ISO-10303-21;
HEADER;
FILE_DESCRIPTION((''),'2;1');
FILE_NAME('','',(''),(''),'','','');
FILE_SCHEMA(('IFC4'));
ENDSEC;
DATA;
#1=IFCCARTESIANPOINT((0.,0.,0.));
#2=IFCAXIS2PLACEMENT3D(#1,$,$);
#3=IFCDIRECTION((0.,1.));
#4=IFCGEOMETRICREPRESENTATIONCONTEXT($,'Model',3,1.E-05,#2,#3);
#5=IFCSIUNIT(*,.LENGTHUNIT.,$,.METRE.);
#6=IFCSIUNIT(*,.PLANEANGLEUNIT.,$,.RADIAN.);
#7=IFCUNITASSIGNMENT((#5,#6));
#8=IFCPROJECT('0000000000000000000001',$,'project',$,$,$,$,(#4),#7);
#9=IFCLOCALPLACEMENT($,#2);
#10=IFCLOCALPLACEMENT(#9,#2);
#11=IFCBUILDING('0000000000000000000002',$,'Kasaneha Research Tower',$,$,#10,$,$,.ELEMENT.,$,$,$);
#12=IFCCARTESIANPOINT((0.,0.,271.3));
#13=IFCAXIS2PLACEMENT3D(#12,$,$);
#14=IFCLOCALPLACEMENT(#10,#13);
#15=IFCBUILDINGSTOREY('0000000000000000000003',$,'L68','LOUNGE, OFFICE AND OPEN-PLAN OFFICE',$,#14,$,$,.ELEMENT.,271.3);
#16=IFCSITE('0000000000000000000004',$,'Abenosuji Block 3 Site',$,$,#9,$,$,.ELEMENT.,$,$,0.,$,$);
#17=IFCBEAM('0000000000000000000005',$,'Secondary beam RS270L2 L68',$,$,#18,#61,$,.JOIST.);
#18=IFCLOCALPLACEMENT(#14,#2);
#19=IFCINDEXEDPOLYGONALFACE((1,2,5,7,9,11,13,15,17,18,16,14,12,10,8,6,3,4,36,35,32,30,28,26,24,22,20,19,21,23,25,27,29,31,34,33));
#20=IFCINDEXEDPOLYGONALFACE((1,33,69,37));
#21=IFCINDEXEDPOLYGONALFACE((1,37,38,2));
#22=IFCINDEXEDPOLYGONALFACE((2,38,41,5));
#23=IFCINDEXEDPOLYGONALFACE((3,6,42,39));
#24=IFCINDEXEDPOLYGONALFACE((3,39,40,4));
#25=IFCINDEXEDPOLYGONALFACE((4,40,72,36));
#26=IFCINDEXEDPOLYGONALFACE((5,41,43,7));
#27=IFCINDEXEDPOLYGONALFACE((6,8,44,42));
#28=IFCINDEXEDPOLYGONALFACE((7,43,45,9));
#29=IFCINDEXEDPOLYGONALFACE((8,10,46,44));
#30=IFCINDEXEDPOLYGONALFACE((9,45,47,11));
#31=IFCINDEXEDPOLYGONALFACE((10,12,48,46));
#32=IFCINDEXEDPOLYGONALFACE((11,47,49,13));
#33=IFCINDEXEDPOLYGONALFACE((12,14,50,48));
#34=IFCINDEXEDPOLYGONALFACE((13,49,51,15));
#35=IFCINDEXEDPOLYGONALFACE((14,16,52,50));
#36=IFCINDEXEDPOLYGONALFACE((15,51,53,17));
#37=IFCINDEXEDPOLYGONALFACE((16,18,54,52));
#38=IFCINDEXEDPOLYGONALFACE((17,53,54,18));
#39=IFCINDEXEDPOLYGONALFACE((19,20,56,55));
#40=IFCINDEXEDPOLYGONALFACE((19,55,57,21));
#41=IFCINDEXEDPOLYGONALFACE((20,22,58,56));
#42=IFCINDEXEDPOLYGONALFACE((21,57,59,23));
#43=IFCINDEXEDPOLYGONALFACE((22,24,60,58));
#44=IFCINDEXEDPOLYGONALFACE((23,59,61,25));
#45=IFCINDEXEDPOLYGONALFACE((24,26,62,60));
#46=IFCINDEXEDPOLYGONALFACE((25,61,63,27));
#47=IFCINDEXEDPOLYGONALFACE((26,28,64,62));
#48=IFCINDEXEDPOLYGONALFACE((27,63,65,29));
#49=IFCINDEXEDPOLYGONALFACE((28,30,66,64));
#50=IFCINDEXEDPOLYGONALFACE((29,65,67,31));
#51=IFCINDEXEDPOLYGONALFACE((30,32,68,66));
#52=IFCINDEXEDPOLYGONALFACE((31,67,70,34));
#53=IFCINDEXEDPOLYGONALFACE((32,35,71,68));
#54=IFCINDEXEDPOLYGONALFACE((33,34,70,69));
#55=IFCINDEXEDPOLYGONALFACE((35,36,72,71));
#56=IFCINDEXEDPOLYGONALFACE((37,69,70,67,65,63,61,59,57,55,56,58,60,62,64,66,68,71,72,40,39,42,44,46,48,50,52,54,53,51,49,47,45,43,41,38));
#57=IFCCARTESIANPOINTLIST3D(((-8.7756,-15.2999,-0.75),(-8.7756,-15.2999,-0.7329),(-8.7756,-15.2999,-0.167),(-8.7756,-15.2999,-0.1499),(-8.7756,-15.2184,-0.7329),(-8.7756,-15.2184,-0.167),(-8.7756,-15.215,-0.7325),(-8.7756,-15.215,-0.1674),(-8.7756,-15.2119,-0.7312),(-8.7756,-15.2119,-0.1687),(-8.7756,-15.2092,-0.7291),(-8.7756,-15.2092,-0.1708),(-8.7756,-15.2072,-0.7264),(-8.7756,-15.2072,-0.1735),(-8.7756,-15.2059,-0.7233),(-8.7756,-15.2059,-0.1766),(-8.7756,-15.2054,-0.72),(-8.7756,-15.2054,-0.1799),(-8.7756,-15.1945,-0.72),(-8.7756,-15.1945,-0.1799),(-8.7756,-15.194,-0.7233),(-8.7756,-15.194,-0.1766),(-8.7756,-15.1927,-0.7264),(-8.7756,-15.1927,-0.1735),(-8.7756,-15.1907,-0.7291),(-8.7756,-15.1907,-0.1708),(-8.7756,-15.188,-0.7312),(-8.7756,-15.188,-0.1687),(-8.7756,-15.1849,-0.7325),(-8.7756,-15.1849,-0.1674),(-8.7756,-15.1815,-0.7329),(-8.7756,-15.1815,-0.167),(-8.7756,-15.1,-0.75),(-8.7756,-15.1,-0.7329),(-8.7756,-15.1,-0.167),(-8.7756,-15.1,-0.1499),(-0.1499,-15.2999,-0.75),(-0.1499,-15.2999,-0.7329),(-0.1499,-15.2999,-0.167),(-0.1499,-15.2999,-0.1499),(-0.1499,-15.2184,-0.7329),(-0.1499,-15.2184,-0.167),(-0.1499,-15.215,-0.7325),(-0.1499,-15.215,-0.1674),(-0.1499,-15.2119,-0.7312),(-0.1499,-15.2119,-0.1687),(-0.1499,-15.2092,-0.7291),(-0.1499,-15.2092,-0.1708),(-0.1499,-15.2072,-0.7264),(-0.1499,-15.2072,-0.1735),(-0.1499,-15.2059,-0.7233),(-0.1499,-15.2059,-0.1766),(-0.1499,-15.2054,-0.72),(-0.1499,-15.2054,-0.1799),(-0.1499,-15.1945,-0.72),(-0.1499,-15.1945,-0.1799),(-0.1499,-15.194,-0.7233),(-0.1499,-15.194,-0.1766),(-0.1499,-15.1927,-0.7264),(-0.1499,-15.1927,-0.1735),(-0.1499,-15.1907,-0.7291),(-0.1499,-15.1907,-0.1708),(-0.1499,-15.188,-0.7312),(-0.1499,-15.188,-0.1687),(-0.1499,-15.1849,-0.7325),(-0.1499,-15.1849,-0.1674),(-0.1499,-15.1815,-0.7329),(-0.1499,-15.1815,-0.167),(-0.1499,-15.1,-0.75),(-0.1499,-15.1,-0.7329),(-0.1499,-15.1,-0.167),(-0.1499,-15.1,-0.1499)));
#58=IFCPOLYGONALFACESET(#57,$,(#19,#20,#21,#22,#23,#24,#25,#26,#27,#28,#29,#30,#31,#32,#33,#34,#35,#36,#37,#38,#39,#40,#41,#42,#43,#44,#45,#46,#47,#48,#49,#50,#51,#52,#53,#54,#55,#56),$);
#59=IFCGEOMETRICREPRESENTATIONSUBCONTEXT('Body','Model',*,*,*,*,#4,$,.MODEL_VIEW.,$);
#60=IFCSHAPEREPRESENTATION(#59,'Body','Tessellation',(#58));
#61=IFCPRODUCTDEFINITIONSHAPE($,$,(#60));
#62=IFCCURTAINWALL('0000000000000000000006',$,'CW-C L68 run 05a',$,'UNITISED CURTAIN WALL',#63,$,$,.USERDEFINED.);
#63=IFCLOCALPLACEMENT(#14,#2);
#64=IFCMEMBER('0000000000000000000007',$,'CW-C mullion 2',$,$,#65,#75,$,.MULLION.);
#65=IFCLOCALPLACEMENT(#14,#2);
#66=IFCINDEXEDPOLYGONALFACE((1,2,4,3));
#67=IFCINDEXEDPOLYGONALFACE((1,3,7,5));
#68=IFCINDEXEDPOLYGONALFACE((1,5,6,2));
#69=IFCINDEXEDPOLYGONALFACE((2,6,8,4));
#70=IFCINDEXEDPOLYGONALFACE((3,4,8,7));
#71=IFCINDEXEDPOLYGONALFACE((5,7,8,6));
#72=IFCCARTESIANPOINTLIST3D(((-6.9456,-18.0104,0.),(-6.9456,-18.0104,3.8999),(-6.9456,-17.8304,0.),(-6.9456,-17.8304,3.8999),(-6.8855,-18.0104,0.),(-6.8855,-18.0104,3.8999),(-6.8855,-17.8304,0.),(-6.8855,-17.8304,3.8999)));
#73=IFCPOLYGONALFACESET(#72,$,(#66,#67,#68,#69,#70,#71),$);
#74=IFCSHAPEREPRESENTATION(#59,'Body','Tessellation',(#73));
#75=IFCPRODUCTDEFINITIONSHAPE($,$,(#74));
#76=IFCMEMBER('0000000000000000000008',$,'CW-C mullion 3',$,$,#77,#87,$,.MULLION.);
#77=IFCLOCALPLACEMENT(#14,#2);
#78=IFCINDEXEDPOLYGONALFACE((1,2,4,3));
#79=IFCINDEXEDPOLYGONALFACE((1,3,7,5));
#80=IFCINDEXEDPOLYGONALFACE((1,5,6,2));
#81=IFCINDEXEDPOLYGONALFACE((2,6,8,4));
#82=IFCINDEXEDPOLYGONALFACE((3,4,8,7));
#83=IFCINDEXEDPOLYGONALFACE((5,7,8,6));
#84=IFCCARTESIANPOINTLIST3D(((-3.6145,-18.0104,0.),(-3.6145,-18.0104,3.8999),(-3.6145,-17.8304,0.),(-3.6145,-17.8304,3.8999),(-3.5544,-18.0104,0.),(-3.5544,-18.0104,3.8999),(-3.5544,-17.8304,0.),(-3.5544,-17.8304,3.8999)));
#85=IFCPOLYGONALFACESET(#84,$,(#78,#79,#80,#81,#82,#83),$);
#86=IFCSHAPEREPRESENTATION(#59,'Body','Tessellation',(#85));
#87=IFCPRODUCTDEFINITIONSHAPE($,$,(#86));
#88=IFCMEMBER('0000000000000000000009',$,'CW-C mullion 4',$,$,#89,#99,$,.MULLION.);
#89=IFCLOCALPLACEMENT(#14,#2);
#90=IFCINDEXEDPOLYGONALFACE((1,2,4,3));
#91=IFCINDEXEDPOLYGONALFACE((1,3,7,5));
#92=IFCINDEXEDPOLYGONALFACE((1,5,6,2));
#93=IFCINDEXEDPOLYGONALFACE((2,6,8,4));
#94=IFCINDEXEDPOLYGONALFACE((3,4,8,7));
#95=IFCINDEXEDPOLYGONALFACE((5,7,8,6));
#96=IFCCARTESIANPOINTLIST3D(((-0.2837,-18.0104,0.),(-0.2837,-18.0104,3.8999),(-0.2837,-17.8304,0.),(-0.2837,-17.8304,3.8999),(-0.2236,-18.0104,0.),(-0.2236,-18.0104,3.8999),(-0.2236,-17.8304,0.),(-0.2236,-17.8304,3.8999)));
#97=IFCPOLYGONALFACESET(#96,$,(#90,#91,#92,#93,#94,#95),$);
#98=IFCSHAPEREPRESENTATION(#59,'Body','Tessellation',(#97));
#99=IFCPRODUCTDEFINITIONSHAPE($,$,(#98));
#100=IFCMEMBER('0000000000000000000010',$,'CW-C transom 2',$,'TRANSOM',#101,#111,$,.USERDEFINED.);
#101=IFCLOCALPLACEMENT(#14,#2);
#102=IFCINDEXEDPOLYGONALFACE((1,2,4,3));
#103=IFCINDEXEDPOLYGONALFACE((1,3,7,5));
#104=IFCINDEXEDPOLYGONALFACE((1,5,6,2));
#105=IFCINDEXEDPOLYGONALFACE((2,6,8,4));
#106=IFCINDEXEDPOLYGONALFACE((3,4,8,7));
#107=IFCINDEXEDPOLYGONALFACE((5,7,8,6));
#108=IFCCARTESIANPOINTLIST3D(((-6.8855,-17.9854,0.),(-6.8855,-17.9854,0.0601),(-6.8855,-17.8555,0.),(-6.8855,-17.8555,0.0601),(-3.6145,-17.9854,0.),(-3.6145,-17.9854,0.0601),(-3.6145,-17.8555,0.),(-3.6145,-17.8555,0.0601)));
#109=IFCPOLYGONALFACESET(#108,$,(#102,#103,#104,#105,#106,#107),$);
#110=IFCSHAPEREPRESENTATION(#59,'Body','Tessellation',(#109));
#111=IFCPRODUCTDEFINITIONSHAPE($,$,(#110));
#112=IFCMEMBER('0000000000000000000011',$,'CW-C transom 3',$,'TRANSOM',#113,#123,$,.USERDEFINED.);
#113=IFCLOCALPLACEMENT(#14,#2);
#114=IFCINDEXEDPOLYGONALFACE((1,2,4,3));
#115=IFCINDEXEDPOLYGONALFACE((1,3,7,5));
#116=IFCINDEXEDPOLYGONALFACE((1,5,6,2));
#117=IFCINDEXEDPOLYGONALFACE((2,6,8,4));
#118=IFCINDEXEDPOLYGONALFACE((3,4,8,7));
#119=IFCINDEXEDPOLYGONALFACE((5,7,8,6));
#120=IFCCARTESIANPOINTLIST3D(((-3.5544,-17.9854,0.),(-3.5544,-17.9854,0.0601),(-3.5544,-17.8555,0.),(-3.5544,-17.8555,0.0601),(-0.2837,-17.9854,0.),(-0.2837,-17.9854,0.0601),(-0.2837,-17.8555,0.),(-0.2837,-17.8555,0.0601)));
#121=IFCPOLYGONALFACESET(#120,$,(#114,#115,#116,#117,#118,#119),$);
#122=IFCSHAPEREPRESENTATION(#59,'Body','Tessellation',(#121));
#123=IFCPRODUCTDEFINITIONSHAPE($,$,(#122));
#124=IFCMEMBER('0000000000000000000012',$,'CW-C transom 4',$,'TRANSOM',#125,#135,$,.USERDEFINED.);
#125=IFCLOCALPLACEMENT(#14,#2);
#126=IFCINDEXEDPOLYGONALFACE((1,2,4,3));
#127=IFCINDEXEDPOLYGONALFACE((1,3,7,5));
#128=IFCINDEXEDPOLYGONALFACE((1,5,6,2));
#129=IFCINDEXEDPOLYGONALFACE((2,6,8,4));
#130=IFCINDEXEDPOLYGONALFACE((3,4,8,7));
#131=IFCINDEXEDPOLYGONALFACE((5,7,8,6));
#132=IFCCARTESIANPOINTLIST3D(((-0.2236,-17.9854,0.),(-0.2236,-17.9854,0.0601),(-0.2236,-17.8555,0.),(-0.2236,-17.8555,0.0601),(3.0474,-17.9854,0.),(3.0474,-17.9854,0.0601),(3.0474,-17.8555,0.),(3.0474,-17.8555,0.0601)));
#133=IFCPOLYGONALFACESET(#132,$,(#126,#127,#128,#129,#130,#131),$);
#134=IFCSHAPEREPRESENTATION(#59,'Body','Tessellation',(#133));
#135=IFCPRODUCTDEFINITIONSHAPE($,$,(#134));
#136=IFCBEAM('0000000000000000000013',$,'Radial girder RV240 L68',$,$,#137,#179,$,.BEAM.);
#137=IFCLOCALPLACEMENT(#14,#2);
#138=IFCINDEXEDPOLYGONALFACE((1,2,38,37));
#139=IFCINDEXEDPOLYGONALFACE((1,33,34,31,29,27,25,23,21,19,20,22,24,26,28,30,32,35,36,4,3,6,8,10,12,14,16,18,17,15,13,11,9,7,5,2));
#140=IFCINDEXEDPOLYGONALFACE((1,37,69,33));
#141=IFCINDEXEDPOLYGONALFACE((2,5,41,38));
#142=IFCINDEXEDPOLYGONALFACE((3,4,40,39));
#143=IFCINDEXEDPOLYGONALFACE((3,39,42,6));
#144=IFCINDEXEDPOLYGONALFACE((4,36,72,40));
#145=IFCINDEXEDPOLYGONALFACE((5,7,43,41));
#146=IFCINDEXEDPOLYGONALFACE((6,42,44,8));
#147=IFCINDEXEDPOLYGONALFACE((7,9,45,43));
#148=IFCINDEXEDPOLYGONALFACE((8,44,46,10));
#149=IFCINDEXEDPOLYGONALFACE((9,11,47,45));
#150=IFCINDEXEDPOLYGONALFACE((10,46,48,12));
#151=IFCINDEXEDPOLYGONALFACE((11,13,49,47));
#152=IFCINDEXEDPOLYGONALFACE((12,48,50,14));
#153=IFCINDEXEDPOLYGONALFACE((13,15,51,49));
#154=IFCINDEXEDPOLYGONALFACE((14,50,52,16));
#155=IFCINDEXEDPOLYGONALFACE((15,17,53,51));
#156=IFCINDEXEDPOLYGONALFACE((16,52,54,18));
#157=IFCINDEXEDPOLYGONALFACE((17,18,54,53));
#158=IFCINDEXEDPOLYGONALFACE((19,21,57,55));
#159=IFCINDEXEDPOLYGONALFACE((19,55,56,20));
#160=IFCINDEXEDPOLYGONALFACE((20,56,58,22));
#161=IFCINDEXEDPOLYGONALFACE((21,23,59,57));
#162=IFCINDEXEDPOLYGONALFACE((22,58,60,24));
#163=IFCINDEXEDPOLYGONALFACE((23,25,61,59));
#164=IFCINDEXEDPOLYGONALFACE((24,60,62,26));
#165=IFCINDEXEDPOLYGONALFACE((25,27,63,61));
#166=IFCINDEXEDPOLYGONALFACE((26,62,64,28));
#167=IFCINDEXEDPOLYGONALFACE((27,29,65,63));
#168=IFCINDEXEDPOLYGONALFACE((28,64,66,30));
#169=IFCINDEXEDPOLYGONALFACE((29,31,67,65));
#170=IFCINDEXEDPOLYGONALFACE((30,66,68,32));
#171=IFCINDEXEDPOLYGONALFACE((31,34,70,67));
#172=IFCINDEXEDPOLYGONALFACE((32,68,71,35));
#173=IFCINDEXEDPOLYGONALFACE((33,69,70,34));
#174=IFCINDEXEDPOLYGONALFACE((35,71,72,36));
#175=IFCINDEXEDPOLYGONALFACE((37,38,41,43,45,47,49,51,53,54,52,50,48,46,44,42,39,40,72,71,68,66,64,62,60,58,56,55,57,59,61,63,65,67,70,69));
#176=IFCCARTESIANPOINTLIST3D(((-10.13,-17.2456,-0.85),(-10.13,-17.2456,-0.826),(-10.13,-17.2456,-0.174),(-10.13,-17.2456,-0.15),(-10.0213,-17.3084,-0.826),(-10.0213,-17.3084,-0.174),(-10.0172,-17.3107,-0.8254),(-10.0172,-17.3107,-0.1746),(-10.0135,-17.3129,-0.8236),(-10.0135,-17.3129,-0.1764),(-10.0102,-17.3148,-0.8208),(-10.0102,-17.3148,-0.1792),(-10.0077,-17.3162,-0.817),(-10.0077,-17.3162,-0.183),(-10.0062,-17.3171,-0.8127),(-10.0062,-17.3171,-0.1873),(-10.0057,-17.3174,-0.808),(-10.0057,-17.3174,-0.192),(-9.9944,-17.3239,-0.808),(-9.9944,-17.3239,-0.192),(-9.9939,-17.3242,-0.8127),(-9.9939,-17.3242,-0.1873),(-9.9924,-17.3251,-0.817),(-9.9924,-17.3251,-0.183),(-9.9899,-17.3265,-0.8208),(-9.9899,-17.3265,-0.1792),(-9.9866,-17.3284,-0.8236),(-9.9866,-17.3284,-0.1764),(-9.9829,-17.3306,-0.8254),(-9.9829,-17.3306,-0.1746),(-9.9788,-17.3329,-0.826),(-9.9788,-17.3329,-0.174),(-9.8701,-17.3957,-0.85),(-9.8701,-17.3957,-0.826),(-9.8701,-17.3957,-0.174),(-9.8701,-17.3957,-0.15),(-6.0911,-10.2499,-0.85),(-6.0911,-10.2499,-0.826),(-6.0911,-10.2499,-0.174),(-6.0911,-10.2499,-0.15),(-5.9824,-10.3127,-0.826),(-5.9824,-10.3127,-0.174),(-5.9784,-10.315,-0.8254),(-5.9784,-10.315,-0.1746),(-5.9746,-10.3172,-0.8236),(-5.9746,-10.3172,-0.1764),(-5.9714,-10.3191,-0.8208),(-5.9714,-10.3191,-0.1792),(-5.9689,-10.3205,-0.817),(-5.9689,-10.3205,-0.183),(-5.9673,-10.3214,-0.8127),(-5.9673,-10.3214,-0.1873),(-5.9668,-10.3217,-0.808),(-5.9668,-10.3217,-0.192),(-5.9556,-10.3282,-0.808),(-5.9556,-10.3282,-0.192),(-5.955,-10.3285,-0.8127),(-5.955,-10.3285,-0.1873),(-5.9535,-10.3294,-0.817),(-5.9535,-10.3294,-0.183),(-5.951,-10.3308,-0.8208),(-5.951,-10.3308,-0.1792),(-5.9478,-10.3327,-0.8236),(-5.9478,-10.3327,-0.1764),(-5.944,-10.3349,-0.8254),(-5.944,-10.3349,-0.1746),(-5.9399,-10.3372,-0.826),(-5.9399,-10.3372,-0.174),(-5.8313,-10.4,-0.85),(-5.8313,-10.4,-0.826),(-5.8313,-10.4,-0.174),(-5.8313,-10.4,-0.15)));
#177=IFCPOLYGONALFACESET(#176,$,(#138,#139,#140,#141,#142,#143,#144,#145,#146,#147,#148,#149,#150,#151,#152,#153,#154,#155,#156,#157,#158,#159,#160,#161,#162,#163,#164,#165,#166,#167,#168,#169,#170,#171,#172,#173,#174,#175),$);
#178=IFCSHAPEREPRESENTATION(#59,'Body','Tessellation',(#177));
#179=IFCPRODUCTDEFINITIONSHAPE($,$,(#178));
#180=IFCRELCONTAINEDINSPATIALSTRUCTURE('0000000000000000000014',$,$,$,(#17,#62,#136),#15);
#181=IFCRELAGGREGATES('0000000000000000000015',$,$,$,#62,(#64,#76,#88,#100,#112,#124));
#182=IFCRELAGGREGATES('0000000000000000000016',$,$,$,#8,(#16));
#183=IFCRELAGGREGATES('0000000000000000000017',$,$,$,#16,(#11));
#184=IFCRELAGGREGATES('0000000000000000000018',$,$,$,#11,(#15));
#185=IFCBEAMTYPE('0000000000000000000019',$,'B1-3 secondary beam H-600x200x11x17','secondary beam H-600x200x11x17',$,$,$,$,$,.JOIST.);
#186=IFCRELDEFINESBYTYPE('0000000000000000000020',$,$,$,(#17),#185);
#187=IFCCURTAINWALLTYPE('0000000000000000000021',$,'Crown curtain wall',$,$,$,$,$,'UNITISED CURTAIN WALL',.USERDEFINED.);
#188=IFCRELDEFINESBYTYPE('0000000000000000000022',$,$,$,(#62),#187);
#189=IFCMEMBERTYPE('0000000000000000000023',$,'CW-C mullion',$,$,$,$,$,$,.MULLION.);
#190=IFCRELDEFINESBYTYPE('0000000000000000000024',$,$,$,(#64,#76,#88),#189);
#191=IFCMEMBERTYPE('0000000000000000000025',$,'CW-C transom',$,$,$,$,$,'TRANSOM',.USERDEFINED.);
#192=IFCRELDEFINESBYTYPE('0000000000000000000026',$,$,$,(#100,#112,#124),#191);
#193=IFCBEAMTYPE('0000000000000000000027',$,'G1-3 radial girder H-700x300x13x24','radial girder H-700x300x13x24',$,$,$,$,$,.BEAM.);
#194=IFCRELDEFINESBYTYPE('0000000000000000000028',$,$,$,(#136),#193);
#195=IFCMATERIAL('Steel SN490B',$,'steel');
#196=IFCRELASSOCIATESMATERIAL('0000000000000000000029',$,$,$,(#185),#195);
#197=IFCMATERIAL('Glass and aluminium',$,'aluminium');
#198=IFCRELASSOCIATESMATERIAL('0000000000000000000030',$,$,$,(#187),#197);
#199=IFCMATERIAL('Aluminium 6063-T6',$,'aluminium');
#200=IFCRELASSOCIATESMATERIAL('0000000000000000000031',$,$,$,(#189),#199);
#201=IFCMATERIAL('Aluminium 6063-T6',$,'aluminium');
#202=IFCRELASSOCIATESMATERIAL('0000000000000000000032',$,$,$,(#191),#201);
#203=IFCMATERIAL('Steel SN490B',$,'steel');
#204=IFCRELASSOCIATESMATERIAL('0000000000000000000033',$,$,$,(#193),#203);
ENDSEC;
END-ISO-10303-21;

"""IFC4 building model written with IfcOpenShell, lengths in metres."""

from ifc_helpers import new_model, si_unit, direction, frame, origin, origin_2d, place, context, subcontext, project, spatial, rectangle, i_section, extrude, material, material_profile, profile_set, type_object, element, aggregate, save


model = new_model("IFC4")

# Units and contexts
model_context = context("Model", 3, precision=1e-05, world=origin(), true_north=direction((0.0, 1.0)))
body_context = subcontext(model_context, "Body", "Model", "MODEL_VIEW")
ifc_project = project(units=[si_unit("LENGTHUNIT", "METRE"), si_unit("PLANEANGLEUNIT", "RADIAN")], contexts=[model_context])

# Site, building, storey
site_placement = place(None, origin())
site = spatial("IfcSite", under=ifc_project, at=site_placement, Name="Abenosuji Block 3 Site", CompositionType="ELEMENT", RefElevation=0.0)
building_placement = place(site_placement, origin())
building = spatial("IfcBuilding", under=site, at=building_placement, Name="Kasaneha Research Tower", CompositionType="ELEMENT")
storey_placement = place(building_placement, frame((0.0, 0.0, 271.3)))
storey = spatial("IfcBuildingStorey", under=building, at=storey_placement, Name="L68", Description="LOUNGE, OFFICE AND OPEN-PLAN OFFICE", CompositionType="ELEMENT", Elevation=271.3)

# Beam
ifc_material_1 = material(Name="Steel SN490B", Category="steel")
ifc_material_profile_1 = material_profile(ifc_material_1, i_section(OverallWidth=0.2, OverallDepth=0.6001, WebThickness=0.011, FlangeThickness=0.0171, FilletRadius=0.0129, at=origin_2d()), Name="H-600x200x11x17")
ifc_profile_set_1 = profile_set([ifc_material_profile_1], Name="Steel SN490B")
beam_type_1 = type_object("IfcBeamType", Name="B1-3 secondary beam H-600x200x11x17", Description="secondary beam H-600x200x11x17", PredefinedType="JOIST", material=ifc_profile_set_1)
beam_1_placement = place(storey_placement, frame((-8.7756, -15.2, -0.45), z_axis=(1.0, 0.0, 0.0), x_axis=(0.0, 1.0, 0.0)))
element("IfcBeam", 1, at=beam_1_placement, inside=storey, type_object=beam_type_1, Name="Secondary beam RS270L2 L68", PredefinedType="JOIST", context=body_context, shape_type="SweptSolid", body=[
    extrude(i_section(OverallWidth=0.2, OverallDepth=0.6001, WebThickness=0.011, FlangeThickness=0.0171, FilletRadius=0.0129, at=origin_2d()), origin(), (0.0, 0.0, 1.0), 8.6257),
])

# Curtain wall, members
ifc_material_2 = material(Name="Glass and aluminium", Category="aluminium")
curtain_wall_type = type_object("IfcCurtainWallType", Name="Crown curtain wall", ElementType="UNITISED CURTAIN WALL", PredefinedType="USERDEFINED", material=ifc_material_2)
curtain_wall_placement = place(storey_placement, origin())
curtain_wall = element("IfcCurtainWall", 2, at=curtain_wall_placement, inside=storey, type_object=curtain_wall_type, Name="CW-C L68 run 05a", ObjectType="UNITISED CURTAIN WALL", PredefinedType="USERDEFINED")
ifc_material_3 = material(Name="Aluminium 6063-T6", Category="aluminium")
ifc_material_profile_2 = material_profile(ifc_material_3, rectangle(XDim=0.0601, YDim=0.1799, at=origin_2d()), Name="CW-C mullion 60x180")
ifc_profile_set_2 = profile_set([ifc_material_profile_2], Name="Aluminium 6063-T6")
member_type_1 = type_object("IfcMemberType", Name="CW-C mullion", PredefinedType="MULLION", material=ifc_profile_set_2)
member_1_placement = place(storey_placement, frame((-6.9155, -17.9204, 0.0), z_axis=(0.0, 0.0, 1.0), x_axis=(1.0, 0.0, 0.0)))
member_1 = element("IfcMember", 3, at=member_1_placement, type_object=member_type_1, Name="CW-C mullion 2", PredefinedType="MULLION", context=body_context, shape_type="SweptSolid", body=[
    extrude(rectangle(XDim=0.0601, YDim=0.1799, at=origin_2d()), origin(), (0.0, 0.0, 1.0), 3.8999),
])
member_2_placement = place(storey_placement, frame((-3.5845, -17.9204, 0.0), z_axis=(0.0, 0.0, 1.0), x_axis=(1.0, 0.0, 0.0)))
member_2 = element("IfcMember", 4, at=member_2_placement, type_object=member_type_1, Name="CW-C mullion 3", PredefinedType="MULLION", context=body_context, shape_type="SweptSolid", body=[
    extrude(rectangle(XDim=0.0601, YDim=0.1799, at=origin_2d()), origin(), (0.0, 0.0, 1.0), 3.8999),
])
member_3_placement = place(storey_placement, frame((-0.2537, -17.9204, 0.0), z_axis=(0.0, 0.0, 1.0), x_axis=(1.0, 0.0, 0.0)))
member_3 = element("IfcMember", 5, at=member_3_placement, type_object=member_type_1, Name="CW-C mullion 4", PredefinedType="MULLION", context=body_context, shape_type="SweptSolid", body=[
    extrude(rectangle(XDim=0.0601, YDim=0.1799, at=origin_2d()), origin(), (0.0, 0.0, 1.0), 3.8999),
])
ifc_material_4 = material(Name="Aluminium 6063-T6", Category="aluminium")
ifc_material_profile_3 = material_profile(ifc_material_4, rectangle(XDim=0.1299, YDim=0.0601, at=origin_2d()), Name="CW-C transom 130x60")
ifc_profile_set_3 = profile_set([ifc_material_profile_3], Name="Aluminium 6063-T6")
member_type_2 = type_object("IfcMemberType", Name="CW-C transom", ElementType="TRANSOM", PredefinedType="USERDEFINED", material=ifc_profile_set_3)
member_4_placement = place(storey_placement, frame((-6.8855, -17.9204, 0.03), z_axis=(1.0, 0.0, 0.0), x_axis=(0.0, 1.0, 0.0)))
member_4 = element("IfcMember", 6, at=member_4_placement, type_object=member_type_2, Name="CW-C transom 2", ObjectType="TRANSOM", PredefinedType="USERDEFINED", context=body_context, shape_type="SweptSolid", body=[
    extrude(rectangle(XDim=0.1299, YDim=0.0601, at=origin_2d()), origin(), (0.0, 0.0, 1.0), 3.271),
])
member_5_placement = place(storey_placement, frame((-3.5544, -17.9204, 0.03), z_axis=(1.0, 0.0, 0.0), x_axis=(0.0, 1.0, 0.0)))
member_5 = element("IfcMember", 7, at=member_5_placement, type_object=member_type_2, Name="CW-C transom 3", ObjectType="TRANSOM", PredefinedType="USERDEFINED", context=body_context, shape_type="SweptSolid", body=[
    extrude(rectangle(XDim=0.1299, YDim=0.0601, at=origin_2d()), origin(), (0.0, 0.0, 1.0), 3.2708),
])
member_6_placement = place(storey_placement, frame((-0.2236, -17.9204, 0.03), z_axis=(1.0, 0.0, 0.0), x_axis=(0.0, 1.0, 0.0)))
member_6 = element("IfcMember", 8, at=member_6_placement, type_object=member_type_2, Name="CW-C transom 4", ObjectType="TRANSOM", PredefinedType="USERDEFINED", context=body_context, shape_type="SweptSolid", body=[
    extrude(rectangle(XDim=0.1299, YDim=0.0601, at=origin_2d()), origin(), (0.0, 0.0, 1.0), 3.271),
])

# Beam
ifc_material_5 = material(Name="Steel SN490B", Category="steel")
ifc_material_profile_4 = material_profile(ifc_material_5, i_section(OverallWidth=0.3, OverallDepth=0.7, WebThickness=0.0129, FlangeThickness=0.0239, FilletRadius=0.0181, at=origin_2d()), Name="H-700x300x13x24")
ifc_profile_set_4 = profile_set([ifc_material_profile_4], Name="Steel SN490B")
beam_type_2 = type_object("IfcBeamType", Name="G1-3 radial girder H-700x300x13x24", Description="radial girder H-700x300x13x24", PredefinedType="BEAM", material=ifc_profile_set_4)
beam_2_placement = place(storey_placement, frame((-5.9612, -10.325, -0.5), z_axis=(-0.499991, -0.866031, 0.0), x_axis=(0.866031, -0.499991, 0.0)))
element("IfcBeam", 9, at=beam_2_placement, inside=storey, type_object=beam_type_2, Name="Radial girder RV240 L68", PredefinedType="BEAM", context=body_context, shape_type="SweptSolid", body=[
    extrude(i_section(OverallWidth=0.3, OverallDepth=0.7, WebThickness=0.0129, FlangeThickness=0.0239, FilletRadius=0.0181, at=origin_2d()), origin(), (0.0, 0.0, 1.0), 8.0779),
])

aggregate(curtain_wall, [member_1, member_2, member_3, member_4, member_5, member_6])

save(model, "model.ifc")
